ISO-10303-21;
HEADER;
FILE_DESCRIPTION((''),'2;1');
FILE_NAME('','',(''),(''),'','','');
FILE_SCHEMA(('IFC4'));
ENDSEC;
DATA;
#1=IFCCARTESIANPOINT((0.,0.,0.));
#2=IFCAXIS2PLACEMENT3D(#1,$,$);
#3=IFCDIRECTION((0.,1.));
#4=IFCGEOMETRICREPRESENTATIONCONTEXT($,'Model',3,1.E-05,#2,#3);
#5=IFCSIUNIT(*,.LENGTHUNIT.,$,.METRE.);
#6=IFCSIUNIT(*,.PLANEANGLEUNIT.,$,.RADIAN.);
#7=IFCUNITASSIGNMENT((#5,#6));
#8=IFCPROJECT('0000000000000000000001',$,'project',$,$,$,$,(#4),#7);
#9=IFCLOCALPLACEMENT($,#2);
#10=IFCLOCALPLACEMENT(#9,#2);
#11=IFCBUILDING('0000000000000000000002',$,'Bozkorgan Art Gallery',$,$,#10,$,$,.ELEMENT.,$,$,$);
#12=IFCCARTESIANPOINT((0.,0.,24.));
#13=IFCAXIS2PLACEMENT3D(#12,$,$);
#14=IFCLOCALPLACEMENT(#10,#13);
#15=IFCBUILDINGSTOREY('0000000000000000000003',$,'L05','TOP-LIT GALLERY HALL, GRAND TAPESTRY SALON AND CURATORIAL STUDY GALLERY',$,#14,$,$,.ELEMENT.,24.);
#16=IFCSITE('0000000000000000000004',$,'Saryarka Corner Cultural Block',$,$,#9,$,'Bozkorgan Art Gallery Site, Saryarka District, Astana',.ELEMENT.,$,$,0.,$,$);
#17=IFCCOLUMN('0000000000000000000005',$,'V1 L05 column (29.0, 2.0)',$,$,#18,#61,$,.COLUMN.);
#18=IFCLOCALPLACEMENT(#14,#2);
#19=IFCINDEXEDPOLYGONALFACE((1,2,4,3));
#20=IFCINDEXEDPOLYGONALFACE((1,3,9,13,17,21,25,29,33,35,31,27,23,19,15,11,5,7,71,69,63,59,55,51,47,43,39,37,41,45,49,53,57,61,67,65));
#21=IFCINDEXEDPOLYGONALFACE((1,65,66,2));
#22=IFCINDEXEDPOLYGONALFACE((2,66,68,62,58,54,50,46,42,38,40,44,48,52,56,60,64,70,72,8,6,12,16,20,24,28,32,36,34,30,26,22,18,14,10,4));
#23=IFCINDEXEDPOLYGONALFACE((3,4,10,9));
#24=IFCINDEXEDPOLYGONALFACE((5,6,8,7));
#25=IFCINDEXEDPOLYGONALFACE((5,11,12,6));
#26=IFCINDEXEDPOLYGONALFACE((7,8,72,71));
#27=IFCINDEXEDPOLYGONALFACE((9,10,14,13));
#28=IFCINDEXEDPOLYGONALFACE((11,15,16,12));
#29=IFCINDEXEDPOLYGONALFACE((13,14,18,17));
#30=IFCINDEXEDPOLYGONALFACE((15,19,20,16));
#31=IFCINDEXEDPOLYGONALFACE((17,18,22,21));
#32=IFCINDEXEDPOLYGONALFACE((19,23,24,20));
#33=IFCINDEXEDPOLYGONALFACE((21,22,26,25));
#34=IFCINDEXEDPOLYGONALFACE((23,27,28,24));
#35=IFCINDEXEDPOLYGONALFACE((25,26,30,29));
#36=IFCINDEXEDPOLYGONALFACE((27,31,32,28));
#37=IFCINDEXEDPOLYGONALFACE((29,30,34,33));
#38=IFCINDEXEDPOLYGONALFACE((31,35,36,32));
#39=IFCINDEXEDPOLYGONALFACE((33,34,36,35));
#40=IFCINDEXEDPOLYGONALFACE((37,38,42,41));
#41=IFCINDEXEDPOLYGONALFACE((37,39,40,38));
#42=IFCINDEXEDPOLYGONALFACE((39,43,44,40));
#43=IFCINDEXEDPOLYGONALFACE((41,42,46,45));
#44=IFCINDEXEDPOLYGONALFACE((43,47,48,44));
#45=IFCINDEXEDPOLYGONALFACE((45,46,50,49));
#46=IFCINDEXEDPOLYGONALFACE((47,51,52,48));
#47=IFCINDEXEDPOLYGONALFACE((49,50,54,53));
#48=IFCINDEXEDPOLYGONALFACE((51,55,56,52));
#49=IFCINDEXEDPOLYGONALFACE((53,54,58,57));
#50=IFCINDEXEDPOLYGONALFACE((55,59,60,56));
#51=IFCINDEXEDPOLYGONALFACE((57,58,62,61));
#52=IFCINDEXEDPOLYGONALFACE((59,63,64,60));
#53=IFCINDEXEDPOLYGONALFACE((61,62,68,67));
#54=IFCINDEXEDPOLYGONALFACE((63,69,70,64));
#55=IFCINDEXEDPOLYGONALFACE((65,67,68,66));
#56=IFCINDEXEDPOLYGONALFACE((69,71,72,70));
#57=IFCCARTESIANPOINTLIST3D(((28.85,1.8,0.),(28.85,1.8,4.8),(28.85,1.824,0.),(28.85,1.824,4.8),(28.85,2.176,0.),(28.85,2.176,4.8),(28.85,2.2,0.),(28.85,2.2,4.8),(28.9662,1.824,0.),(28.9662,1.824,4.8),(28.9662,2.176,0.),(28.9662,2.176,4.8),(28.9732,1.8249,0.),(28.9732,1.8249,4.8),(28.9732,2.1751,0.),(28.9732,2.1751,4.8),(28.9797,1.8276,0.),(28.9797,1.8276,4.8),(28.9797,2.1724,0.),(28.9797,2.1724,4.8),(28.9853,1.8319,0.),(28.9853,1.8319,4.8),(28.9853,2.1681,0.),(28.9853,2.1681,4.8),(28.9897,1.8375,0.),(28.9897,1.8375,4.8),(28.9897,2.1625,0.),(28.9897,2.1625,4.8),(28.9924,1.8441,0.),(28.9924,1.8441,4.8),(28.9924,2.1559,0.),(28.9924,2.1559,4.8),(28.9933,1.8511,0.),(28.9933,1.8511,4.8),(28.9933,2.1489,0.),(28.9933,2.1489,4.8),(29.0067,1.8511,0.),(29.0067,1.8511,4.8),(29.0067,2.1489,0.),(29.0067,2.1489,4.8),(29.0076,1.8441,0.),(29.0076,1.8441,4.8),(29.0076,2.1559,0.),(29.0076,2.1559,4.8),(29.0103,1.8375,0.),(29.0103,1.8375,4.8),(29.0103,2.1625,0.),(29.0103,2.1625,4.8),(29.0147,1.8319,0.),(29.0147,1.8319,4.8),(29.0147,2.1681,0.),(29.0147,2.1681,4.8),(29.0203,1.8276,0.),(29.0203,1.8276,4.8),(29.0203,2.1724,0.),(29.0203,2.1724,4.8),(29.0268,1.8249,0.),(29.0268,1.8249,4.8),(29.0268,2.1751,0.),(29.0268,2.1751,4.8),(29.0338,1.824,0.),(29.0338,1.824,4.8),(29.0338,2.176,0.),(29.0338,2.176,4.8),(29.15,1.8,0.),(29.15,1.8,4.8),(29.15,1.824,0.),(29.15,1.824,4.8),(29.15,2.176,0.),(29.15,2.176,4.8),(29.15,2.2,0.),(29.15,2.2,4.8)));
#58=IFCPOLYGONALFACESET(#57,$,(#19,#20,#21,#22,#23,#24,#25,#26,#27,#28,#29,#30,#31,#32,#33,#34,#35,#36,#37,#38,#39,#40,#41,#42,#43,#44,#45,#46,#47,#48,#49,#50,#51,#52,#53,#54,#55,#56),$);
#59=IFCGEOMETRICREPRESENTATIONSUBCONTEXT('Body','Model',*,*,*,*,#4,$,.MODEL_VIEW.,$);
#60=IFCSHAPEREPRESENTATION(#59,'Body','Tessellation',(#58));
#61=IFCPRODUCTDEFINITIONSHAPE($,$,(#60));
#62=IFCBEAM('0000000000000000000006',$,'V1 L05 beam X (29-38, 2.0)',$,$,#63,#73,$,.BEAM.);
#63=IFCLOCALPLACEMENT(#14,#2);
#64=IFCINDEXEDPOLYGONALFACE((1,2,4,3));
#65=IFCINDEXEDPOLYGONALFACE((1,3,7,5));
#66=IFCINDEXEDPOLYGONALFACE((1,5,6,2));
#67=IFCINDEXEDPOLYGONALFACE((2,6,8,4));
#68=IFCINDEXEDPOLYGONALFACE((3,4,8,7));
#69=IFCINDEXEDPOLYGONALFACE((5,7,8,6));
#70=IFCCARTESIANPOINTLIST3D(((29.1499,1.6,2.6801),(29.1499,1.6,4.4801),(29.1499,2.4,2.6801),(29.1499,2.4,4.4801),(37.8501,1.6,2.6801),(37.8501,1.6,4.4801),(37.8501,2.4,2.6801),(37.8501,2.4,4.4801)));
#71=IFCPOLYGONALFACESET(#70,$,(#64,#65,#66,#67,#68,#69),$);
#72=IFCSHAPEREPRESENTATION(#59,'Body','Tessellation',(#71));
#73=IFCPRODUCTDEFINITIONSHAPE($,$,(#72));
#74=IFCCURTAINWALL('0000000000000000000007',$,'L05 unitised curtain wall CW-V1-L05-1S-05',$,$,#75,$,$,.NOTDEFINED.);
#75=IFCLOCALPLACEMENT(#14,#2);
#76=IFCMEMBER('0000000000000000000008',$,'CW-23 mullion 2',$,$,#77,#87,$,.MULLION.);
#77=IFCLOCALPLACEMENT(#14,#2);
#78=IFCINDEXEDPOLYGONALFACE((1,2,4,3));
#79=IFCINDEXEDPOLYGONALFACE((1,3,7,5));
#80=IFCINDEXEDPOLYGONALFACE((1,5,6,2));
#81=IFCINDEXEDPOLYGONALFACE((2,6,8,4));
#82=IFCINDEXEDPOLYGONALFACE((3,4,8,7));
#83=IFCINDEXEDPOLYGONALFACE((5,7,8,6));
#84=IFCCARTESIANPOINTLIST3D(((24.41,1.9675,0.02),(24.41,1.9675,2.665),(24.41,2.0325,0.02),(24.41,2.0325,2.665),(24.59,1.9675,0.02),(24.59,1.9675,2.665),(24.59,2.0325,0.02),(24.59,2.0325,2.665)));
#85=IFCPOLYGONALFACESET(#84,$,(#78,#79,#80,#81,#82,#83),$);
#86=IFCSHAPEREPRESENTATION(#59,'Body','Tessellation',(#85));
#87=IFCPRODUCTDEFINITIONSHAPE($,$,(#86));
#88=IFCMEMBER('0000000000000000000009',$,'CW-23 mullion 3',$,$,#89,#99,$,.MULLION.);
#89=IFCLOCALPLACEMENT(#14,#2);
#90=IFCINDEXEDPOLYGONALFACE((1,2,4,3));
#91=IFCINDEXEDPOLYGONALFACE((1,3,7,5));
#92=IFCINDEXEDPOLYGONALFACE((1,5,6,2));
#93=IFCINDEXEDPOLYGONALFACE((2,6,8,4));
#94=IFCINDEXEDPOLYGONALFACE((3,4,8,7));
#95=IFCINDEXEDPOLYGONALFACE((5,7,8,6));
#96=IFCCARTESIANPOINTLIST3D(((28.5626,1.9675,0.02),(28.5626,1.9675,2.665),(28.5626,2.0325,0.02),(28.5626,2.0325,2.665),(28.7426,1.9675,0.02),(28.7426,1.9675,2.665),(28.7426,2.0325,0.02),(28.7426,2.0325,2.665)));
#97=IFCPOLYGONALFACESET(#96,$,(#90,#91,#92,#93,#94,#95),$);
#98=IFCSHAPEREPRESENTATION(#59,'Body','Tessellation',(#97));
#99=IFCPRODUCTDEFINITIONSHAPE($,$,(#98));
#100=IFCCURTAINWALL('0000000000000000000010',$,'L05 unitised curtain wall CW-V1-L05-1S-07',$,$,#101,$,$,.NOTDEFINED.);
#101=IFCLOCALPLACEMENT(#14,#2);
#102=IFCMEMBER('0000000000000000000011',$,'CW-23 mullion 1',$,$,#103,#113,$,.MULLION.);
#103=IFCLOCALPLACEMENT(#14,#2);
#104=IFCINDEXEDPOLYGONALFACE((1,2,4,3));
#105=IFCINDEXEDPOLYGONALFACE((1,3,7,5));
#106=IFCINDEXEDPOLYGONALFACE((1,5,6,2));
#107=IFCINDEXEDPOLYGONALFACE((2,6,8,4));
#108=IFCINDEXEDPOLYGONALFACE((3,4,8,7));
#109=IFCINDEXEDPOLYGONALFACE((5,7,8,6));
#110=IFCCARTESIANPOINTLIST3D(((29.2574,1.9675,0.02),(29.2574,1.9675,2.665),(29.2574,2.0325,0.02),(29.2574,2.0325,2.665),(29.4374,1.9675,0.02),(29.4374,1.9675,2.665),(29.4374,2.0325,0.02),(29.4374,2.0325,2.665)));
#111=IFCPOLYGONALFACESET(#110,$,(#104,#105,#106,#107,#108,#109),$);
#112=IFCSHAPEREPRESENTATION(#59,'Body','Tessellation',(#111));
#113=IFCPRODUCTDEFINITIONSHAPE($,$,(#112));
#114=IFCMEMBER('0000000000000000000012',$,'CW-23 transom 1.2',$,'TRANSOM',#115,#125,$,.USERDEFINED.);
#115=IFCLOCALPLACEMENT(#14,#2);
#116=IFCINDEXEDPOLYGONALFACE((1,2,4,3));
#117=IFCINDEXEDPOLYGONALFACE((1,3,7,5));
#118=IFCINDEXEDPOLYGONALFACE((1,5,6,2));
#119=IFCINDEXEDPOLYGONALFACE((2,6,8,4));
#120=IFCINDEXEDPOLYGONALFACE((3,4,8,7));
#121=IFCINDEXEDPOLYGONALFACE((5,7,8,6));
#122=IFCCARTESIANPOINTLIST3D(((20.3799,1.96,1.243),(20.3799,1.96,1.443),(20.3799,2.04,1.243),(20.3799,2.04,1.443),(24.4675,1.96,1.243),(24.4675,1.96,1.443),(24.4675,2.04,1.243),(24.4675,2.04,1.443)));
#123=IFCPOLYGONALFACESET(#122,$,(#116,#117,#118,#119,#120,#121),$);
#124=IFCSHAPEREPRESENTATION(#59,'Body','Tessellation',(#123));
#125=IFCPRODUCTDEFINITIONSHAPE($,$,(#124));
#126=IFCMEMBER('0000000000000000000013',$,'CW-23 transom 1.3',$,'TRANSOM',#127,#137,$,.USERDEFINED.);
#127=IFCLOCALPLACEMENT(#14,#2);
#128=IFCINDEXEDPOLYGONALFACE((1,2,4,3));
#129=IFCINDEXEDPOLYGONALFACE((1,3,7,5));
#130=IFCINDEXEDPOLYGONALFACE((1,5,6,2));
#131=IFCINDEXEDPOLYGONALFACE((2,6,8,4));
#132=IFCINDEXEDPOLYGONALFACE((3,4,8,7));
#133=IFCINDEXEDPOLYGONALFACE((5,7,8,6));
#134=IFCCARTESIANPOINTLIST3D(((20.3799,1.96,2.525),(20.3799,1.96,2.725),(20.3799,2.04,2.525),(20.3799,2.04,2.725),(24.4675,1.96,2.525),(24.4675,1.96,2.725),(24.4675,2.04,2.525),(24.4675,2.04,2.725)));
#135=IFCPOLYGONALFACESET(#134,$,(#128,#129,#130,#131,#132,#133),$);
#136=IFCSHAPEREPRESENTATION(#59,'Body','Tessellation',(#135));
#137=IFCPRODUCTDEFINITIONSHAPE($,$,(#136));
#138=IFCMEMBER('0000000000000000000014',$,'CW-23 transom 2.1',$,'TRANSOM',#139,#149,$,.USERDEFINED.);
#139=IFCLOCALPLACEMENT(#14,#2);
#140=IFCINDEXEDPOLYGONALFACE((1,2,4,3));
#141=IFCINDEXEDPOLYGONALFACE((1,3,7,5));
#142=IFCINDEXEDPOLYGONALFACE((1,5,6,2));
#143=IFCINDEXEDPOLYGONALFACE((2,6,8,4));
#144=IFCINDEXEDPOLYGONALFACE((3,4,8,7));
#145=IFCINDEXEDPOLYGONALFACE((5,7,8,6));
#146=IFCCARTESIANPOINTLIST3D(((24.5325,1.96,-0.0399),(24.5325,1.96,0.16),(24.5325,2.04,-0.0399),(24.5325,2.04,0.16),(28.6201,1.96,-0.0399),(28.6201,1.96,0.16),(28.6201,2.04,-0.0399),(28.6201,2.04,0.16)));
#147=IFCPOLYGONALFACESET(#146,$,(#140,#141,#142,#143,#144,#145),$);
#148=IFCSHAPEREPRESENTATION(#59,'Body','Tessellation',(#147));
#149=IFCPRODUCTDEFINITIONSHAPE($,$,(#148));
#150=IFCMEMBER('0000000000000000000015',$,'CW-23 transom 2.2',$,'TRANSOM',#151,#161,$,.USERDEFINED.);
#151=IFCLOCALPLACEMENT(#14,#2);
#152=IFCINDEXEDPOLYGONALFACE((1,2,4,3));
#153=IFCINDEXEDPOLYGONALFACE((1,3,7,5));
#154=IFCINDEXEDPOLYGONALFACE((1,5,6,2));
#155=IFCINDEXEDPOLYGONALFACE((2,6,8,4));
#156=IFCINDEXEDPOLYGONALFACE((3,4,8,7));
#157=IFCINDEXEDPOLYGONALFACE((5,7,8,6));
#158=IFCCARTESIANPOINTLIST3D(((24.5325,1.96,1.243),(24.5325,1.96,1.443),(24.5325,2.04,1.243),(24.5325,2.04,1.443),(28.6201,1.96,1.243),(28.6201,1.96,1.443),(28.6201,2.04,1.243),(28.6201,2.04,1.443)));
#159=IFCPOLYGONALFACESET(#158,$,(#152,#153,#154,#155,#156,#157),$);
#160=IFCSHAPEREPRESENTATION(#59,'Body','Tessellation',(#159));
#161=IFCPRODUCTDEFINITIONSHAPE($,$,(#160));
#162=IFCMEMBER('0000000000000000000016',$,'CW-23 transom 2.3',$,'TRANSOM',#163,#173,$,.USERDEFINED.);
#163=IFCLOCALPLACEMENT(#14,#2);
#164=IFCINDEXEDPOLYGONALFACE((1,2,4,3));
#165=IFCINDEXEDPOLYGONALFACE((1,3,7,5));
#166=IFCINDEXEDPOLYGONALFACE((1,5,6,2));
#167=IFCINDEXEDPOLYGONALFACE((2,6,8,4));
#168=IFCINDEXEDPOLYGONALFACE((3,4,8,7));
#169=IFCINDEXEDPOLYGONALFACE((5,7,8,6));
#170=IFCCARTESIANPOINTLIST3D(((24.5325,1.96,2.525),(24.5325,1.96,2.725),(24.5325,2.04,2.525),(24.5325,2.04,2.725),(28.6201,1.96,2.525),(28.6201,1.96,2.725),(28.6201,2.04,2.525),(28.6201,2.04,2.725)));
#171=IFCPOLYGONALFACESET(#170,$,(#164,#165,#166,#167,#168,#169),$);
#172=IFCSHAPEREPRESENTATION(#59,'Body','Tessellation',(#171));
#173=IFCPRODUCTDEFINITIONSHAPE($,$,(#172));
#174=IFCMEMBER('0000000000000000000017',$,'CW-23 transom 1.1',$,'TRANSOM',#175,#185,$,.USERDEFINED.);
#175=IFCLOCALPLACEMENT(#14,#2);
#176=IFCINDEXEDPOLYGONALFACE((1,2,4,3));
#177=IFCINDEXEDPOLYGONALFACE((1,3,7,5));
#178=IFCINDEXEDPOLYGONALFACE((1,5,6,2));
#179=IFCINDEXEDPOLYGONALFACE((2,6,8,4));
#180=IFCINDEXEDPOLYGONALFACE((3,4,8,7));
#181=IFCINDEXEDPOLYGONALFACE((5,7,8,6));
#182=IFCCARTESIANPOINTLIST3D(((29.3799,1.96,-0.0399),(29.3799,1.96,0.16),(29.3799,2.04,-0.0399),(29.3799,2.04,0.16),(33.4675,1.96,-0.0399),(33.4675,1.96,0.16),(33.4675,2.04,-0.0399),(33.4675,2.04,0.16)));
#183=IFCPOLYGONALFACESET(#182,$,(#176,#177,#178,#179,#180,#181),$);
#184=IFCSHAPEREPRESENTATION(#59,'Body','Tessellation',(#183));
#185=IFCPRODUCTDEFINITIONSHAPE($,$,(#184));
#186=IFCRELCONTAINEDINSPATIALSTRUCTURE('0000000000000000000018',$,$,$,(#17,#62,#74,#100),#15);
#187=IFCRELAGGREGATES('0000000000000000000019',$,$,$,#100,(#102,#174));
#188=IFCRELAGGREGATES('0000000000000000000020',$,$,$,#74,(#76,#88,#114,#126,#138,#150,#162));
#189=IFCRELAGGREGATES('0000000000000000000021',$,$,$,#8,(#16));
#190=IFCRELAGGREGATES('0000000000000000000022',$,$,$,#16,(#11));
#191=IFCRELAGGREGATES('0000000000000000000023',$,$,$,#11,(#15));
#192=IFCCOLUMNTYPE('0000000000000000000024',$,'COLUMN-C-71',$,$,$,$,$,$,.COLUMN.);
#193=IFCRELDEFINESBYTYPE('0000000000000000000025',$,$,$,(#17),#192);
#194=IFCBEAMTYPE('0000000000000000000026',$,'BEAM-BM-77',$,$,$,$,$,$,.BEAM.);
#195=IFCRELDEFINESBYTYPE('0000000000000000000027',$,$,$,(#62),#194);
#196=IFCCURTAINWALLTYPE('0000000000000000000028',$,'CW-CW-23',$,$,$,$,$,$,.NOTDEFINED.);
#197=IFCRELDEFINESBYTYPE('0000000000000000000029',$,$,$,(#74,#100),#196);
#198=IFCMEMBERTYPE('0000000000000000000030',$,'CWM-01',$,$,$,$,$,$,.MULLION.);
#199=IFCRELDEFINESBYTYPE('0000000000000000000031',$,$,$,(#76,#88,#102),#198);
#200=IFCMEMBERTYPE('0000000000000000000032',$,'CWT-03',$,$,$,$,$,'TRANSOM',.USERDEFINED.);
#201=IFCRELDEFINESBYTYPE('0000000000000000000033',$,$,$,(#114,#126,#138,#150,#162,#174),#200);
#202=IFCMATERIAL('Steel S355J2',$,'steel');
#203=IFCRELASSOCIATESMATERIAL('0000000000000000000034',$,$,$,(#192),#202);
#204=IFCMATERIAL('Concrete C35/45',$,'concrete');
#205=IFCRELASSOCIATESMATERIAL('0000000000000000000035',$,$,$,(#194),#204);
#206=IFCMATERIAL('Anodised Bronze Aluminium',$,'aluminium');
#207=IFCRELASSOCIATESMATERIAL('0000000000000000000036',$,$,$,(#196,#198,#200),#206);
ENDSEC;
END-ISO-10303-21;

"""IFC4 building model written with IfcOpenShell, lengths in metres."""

from ifc_helpers import new_model, si_unit, direction, frame, origin, origin_2d, place, context, subcontext, project, spatial, rectangle, i_section, extrude, material, material_profile, profile_set, type_object, element, aggregate, save


model = new_model("IFC4")

# Units and contexts
model_context = context("Model", 3, precision=1e-05, world=origin(), true_north=direction((0.0, 1.0)))
body_context = subcontext(model_context, "Body", "Model", "MODEL_VIEW")
ifc_project = project(units=[si_unit("LENGTHUNIT", "METRE"), si_unit("PLANEANGLEUNIT", "RADIAN")], contexts=[model_context])

# Site, building, storey
site_placement = place(None, origin())
site = spatial("IfcSite", under=ifc_project, at=site_placement, Name="Saryarka Corner Cultural Block", LongName="Bozkorgan Art Gallery Site, Saryarka District, Astana", CompositionType="ELEMENT", RefElevation=0.0)
building_placement = place(site_placement, origin())
building = spatial("IfcBuilding", under=site, at=building_placement, Name="Bozkorgan Art Gallery", CompositionType="ELEMENT")
storey_placement = place(building_placement, frame((0.0, 0.0, 24.0)))
storey = spatial("IfcBuildingStorey", under=building, at=storey_placement, Name="L05", Description="TOP-LIT GALLERY HALL, GRAND TAPESTRY SALON AND CURATORIAL STUDY GALLERY", CompositionType="ELEMENT", Elevation=24.0)

# Column
ifc_material_1 = material(Name="Steel S355J2", Category="steel")
ifc_material_profile_1 = material_profile(ifc_material_1, i_section(OverallWidth=0.3, OverallDepth=0.3999, WebThickness=0.0134, FlangeThickness=0.0239, FilletRadius=0.0271, at=origin_2d()), Name="HEB 400")
ifc_profile_set_1 = profile_set([ifc_material_profile_1], Name="Steel S355J2")
column_type = type_object("IfcColumnType", Name="COLUMN-C-71", PredefinedType="COLUMN", material=ifc_profile_set_1)
column_placement = place(storey_placement, frame((29.0, 2.0, 0.0), z_axis=(0.0, 0.0, 1.0), x_axis=(1.0, 0.0, 0.0)))
element("IfcColumn", 1, at=column_placement, inside=storey, type_object=column_type, Name="V1 L05 column (29.0, 2.0)", PredefinedType="COLUMN", context=body_context, shape_type="SweptSolid", body=[
    extrude(i_section(OverallWidth=0.3, OverallDepth=0.3999, WebThickness=0.0134, FlangeThickness=0.0239, FilletRadius=0.0271, at=origin_2d()), origin(), (0.0, 0.0, 1.0), 4.8),
])

# Beam
ifc_material_2 = material(Name="Concrete C35/45", Category="concrete")
ifc_material_profile_2 = material_profile(ifc_material_2, rectangle(XDim=0.8, YDim=1.8, at=origin_2d()), Name="RC 800x1800")
ifc_profile_set_2 = profile_set([ifc_material_profile_2], Name="Concrete C35/45")
beam_type = type_object("IfcBeamType", Name="BEAM-BM-77", PredefinedType="BEAM", material=ifc_profile_set_2)
beam_placement = place(storey_placement, frame((29.1499, 2.0, 3.5801), z_axis=(1.0, 0.0, 0.0), x_axis=(0.0, 1.0, 0.0)))
element("IfcBeam", 2, at=beam_placement, inside=storey, type_object=beam_type, Name="V1 L05 beam X (29-38, 2.0)", PredefinedType="BEAM", context=body_context, shape_type="SweptSolid", body=[
    extrude(rectangle(XDim=0.8, YDim=1.8, at=origin_2d()), origin(), (0.0, 0.0, 1.0), 8.7002),
])

# Curtain wall, members
ifc_material_3 = material(Name="Anodised Bronze Aluminium", Category="aluminium")
curtain_wall_type = type_object("IfcCurtainWallType", Name="CW-CW-23", PredefinedType="NOTDEFINED", material=ifc_material_3)
curtain_wall_1_placement = place(storey_placement, origin())
curtain_wall_1 = element("IfcCurtainWall", 3, at=curtain_wall_1_placement, inside=storey, type_object=curtain_wall_type, Name="L05 unitised curtain wall CW-V1-L05-1S-05", PredefinedType="NOTDEFINED")
ifc_material_profile_3 = material_profile(ifc_material_3, rectangle(XDim=0.0649, YDim=0.1799, at=origin_2d()), Name="ALU MULLION 65x180")
ifc_profile_set_3 = profile_set([ifc_material_profile_3], Name="Anodised Bronze Aluminium")
member_type_1 = type_object("IfcMemberType", Name="CWM-01", PredefinedType="MULLION", material=ifc_profile_set_3)
member_1_placement = place(storey_placement, frame((24.5, 2.0, 0.02), z_axis=(0.0, 0.0, 1.0), x_axis=(0.0, 1.0, 0.0)))
member_1 = element("IfcMember", 4, at=member_1_placement, type_object=member_type_1, Name="CW-23 mullion 2", PredefinedType="MULLION", context=body_context, shape_type="SweptSolid", body=[
    extrude(rectangle(XDim=0.0649, YDim=0.1799, at=origin_2d()), origin(), (0.0, 0.0, 1.0), 2.645),
])
member_2_placement = place(storey_placement, frame((28.6526, 2.0, 0.02), z_axis=(0.0, 0.0, 1.0), x_axis=(0.0, 1.0, 0.0)))
member_2 = element("IfcMember", 5, at=member_2_placement, type_object=member_type_1, Name="CW-23 mullion 3", PredefinedType="MULLION", context=body_context, shape_type="SweptSolid", body=[
    extrude(rectangle(XDim=0.0649, YDim=0.1799, at=origin_2d()), origin(), (0.0, 0.0, 1.0), 2.645),
])

# Curtain wall, member
curtain_wall_2_placement = place(storey_placement, origin())
curtain_wall_2 = element("IfcCurtainWall", 6, at=curtain_wall_2_placement, inside=storey, type_object=curtain_wall_type, Name="L05 unitised curtain wall CW-V1-L05-1S-07", PredefinedType="NOTDEFINED")
member_3_placement = place(storey_placement, frame((29.3474, 2.0, 0.02), z_axis=(0.0, 0.0, 1.0), x_axis=(0.0, 1.0, 0.0)))
member_3 = element("IfcMember", 7, at=member_3_placement, type_object=member_type_1, Name="CW-23 mullion 1", PredefinedType="MULLION", context=body_context, shape_type="SweptSolid", body=[
    extrude(rectangle(XDim=0.0649, YDim=0.1799, at=origin_2d()), origin(), (0.0, 0.0, 1.0), 2.645),
])

# Members
ifc_material_profile_4 = material_profile(ifc_material_3, rectangle(XDim=0.0801, YDim=0.2, at=origin_2d()), Name="ALU TRANSOM 80x200")
ifc_profile_set_4 = profile_set([ifc_material_profile_4], Name="Anodised Bronze Aluminium")
member_type_2 = type_object("IfcMemberType", Name="CWT-03", ElementType="TRANSOM", PredefinedType="USERDEFINED", material=ifc_profile_set_4)
member_4_placement = place(storey_placement, frame((20.3799, 2.0, 1.343), z_axis=(1.0, 0.0, 0.0), x_axis=(0.0, 1.0, 0.0)))
member_4 = element("IfcMember", 8, at=member_4_placement, type_object=member_type_2, Name="CW-23 transom 1.2", ObjectType="TRANSOM", PredefinedType="USERDEFINED", context=body_context, shape_type="SweptSolid", body=[
    extrude(rectangle(XDim=0.0801, YDim=0.2, at=origin_2d()), origin(), (0.0, 0.0, 1.0), 4.0876),
])
member_5_placement = place(storey_placement, frame((20.3799, 2.0, 2.625), z_axis=(1.0, 0.0, 0.0), x_axis=(0.0, 1.0, 0.0)))
member_5 = element("IfcMember", 9, at=member_5_placement, type_object=member_type_2, Name="CW-23 transom 1.3", ObjectType="TRANSOM", PredefinedType="USERDEFINED", context=body_context, shape_type="SweptSolid", body=[
    extrude(rectangle(XDim=0.0801, YDim=0.2, at=origin_2d()), origin(), (0.0, 0.0, 1.0), 4.0876),
])
member_6_placement = place(storey_placement, frame((24.5325, 2.0, 0.0601), z_axis=(1.0, 0.0, 0.0), x_axis=(0.0, 1.0, 0.0)))
member_6 = element("IfcMember", 10, at=member_6_placement, type_object=member_type_2, Name="CW-23 transom 2.1", ObjectType="TRANSOM", PredefinedType="USERDEFINED", context=body_context, shape_type="SweptSolid", body=[
    extrude(rectangle(XDim=0.0801, YDim=0.2, at=origin_2d()), origin(), (0.0, 0.0, 1.0), 4.0876),
])
member_7_placement = place(storey_placement, frame((24.5325, 2.0, 1.343), z_axis=(1.0, 0.0, 0.0), x_axis=(0.0, 1.0, 0.0)))
member_7 = element("IfcMember", 11, at=member_7_placement, type_object=member_type_2, Name="CW-23 transom 2.2", ObjectType="TRANSOM", PredefinedType="USERDEFINED", context=body_context, shape_type="SweptSolid", body=[
    extrude(rectangle(XDim=0.0801, YDim=0.2, at=origin_2d()), origin(), (0.0, 0.0, 1.0), 4.0876),
])
member_8_placement = place(storey_placement, frame((24.5325, 2.0, 2.625), z_axis=(1.0, 0.0, 0.0), x_axis=(0.0, 1.0, 0.0)))
member_8 = element("IfcMember", 12, at=member_8_placement, type_object=member_type_2, Name="CW-23 transom 2.3", ObjectType="TRANSOM", PredefinedType="USERDEFINED", context=body_context, shape_type="SweptSolid", body=[
    extrude(rectangle(XDim=0.0801, YDim=0.2, at=origin_2d()), origin(), (0.0, 0.0, 1.0), 4.0876),
])
member_9_placement = place(storey_placement, frame((29.3799, 2.0, 0.0601), z_axis=(1.0, 0.0, 0.0), x_axis=(0.0, 1.0, 0.0)))
member_9 = element("IfcMember", 13, at=member_9_placement, type_object=member_type_2, Name="CW-23 transom 1.1", ObjectType="TRANSOM", PredefinedType="USERDEFINED", context=body_context, shape_type="SweptSolid", body=[
    extrude(rectangle(XDim=0.0801, YDim=0.2, at=origin_2d()), origin(), (0.0, 0.0, 1.0), 4.0876),
])
aggregate(curtain_wall_2, [member_3, member_9])

aggregate(curtain_wall_1, [member_1, member_2, member_4, member_5, member_6, member_7, member_8])

save(model, "model.ifc")
